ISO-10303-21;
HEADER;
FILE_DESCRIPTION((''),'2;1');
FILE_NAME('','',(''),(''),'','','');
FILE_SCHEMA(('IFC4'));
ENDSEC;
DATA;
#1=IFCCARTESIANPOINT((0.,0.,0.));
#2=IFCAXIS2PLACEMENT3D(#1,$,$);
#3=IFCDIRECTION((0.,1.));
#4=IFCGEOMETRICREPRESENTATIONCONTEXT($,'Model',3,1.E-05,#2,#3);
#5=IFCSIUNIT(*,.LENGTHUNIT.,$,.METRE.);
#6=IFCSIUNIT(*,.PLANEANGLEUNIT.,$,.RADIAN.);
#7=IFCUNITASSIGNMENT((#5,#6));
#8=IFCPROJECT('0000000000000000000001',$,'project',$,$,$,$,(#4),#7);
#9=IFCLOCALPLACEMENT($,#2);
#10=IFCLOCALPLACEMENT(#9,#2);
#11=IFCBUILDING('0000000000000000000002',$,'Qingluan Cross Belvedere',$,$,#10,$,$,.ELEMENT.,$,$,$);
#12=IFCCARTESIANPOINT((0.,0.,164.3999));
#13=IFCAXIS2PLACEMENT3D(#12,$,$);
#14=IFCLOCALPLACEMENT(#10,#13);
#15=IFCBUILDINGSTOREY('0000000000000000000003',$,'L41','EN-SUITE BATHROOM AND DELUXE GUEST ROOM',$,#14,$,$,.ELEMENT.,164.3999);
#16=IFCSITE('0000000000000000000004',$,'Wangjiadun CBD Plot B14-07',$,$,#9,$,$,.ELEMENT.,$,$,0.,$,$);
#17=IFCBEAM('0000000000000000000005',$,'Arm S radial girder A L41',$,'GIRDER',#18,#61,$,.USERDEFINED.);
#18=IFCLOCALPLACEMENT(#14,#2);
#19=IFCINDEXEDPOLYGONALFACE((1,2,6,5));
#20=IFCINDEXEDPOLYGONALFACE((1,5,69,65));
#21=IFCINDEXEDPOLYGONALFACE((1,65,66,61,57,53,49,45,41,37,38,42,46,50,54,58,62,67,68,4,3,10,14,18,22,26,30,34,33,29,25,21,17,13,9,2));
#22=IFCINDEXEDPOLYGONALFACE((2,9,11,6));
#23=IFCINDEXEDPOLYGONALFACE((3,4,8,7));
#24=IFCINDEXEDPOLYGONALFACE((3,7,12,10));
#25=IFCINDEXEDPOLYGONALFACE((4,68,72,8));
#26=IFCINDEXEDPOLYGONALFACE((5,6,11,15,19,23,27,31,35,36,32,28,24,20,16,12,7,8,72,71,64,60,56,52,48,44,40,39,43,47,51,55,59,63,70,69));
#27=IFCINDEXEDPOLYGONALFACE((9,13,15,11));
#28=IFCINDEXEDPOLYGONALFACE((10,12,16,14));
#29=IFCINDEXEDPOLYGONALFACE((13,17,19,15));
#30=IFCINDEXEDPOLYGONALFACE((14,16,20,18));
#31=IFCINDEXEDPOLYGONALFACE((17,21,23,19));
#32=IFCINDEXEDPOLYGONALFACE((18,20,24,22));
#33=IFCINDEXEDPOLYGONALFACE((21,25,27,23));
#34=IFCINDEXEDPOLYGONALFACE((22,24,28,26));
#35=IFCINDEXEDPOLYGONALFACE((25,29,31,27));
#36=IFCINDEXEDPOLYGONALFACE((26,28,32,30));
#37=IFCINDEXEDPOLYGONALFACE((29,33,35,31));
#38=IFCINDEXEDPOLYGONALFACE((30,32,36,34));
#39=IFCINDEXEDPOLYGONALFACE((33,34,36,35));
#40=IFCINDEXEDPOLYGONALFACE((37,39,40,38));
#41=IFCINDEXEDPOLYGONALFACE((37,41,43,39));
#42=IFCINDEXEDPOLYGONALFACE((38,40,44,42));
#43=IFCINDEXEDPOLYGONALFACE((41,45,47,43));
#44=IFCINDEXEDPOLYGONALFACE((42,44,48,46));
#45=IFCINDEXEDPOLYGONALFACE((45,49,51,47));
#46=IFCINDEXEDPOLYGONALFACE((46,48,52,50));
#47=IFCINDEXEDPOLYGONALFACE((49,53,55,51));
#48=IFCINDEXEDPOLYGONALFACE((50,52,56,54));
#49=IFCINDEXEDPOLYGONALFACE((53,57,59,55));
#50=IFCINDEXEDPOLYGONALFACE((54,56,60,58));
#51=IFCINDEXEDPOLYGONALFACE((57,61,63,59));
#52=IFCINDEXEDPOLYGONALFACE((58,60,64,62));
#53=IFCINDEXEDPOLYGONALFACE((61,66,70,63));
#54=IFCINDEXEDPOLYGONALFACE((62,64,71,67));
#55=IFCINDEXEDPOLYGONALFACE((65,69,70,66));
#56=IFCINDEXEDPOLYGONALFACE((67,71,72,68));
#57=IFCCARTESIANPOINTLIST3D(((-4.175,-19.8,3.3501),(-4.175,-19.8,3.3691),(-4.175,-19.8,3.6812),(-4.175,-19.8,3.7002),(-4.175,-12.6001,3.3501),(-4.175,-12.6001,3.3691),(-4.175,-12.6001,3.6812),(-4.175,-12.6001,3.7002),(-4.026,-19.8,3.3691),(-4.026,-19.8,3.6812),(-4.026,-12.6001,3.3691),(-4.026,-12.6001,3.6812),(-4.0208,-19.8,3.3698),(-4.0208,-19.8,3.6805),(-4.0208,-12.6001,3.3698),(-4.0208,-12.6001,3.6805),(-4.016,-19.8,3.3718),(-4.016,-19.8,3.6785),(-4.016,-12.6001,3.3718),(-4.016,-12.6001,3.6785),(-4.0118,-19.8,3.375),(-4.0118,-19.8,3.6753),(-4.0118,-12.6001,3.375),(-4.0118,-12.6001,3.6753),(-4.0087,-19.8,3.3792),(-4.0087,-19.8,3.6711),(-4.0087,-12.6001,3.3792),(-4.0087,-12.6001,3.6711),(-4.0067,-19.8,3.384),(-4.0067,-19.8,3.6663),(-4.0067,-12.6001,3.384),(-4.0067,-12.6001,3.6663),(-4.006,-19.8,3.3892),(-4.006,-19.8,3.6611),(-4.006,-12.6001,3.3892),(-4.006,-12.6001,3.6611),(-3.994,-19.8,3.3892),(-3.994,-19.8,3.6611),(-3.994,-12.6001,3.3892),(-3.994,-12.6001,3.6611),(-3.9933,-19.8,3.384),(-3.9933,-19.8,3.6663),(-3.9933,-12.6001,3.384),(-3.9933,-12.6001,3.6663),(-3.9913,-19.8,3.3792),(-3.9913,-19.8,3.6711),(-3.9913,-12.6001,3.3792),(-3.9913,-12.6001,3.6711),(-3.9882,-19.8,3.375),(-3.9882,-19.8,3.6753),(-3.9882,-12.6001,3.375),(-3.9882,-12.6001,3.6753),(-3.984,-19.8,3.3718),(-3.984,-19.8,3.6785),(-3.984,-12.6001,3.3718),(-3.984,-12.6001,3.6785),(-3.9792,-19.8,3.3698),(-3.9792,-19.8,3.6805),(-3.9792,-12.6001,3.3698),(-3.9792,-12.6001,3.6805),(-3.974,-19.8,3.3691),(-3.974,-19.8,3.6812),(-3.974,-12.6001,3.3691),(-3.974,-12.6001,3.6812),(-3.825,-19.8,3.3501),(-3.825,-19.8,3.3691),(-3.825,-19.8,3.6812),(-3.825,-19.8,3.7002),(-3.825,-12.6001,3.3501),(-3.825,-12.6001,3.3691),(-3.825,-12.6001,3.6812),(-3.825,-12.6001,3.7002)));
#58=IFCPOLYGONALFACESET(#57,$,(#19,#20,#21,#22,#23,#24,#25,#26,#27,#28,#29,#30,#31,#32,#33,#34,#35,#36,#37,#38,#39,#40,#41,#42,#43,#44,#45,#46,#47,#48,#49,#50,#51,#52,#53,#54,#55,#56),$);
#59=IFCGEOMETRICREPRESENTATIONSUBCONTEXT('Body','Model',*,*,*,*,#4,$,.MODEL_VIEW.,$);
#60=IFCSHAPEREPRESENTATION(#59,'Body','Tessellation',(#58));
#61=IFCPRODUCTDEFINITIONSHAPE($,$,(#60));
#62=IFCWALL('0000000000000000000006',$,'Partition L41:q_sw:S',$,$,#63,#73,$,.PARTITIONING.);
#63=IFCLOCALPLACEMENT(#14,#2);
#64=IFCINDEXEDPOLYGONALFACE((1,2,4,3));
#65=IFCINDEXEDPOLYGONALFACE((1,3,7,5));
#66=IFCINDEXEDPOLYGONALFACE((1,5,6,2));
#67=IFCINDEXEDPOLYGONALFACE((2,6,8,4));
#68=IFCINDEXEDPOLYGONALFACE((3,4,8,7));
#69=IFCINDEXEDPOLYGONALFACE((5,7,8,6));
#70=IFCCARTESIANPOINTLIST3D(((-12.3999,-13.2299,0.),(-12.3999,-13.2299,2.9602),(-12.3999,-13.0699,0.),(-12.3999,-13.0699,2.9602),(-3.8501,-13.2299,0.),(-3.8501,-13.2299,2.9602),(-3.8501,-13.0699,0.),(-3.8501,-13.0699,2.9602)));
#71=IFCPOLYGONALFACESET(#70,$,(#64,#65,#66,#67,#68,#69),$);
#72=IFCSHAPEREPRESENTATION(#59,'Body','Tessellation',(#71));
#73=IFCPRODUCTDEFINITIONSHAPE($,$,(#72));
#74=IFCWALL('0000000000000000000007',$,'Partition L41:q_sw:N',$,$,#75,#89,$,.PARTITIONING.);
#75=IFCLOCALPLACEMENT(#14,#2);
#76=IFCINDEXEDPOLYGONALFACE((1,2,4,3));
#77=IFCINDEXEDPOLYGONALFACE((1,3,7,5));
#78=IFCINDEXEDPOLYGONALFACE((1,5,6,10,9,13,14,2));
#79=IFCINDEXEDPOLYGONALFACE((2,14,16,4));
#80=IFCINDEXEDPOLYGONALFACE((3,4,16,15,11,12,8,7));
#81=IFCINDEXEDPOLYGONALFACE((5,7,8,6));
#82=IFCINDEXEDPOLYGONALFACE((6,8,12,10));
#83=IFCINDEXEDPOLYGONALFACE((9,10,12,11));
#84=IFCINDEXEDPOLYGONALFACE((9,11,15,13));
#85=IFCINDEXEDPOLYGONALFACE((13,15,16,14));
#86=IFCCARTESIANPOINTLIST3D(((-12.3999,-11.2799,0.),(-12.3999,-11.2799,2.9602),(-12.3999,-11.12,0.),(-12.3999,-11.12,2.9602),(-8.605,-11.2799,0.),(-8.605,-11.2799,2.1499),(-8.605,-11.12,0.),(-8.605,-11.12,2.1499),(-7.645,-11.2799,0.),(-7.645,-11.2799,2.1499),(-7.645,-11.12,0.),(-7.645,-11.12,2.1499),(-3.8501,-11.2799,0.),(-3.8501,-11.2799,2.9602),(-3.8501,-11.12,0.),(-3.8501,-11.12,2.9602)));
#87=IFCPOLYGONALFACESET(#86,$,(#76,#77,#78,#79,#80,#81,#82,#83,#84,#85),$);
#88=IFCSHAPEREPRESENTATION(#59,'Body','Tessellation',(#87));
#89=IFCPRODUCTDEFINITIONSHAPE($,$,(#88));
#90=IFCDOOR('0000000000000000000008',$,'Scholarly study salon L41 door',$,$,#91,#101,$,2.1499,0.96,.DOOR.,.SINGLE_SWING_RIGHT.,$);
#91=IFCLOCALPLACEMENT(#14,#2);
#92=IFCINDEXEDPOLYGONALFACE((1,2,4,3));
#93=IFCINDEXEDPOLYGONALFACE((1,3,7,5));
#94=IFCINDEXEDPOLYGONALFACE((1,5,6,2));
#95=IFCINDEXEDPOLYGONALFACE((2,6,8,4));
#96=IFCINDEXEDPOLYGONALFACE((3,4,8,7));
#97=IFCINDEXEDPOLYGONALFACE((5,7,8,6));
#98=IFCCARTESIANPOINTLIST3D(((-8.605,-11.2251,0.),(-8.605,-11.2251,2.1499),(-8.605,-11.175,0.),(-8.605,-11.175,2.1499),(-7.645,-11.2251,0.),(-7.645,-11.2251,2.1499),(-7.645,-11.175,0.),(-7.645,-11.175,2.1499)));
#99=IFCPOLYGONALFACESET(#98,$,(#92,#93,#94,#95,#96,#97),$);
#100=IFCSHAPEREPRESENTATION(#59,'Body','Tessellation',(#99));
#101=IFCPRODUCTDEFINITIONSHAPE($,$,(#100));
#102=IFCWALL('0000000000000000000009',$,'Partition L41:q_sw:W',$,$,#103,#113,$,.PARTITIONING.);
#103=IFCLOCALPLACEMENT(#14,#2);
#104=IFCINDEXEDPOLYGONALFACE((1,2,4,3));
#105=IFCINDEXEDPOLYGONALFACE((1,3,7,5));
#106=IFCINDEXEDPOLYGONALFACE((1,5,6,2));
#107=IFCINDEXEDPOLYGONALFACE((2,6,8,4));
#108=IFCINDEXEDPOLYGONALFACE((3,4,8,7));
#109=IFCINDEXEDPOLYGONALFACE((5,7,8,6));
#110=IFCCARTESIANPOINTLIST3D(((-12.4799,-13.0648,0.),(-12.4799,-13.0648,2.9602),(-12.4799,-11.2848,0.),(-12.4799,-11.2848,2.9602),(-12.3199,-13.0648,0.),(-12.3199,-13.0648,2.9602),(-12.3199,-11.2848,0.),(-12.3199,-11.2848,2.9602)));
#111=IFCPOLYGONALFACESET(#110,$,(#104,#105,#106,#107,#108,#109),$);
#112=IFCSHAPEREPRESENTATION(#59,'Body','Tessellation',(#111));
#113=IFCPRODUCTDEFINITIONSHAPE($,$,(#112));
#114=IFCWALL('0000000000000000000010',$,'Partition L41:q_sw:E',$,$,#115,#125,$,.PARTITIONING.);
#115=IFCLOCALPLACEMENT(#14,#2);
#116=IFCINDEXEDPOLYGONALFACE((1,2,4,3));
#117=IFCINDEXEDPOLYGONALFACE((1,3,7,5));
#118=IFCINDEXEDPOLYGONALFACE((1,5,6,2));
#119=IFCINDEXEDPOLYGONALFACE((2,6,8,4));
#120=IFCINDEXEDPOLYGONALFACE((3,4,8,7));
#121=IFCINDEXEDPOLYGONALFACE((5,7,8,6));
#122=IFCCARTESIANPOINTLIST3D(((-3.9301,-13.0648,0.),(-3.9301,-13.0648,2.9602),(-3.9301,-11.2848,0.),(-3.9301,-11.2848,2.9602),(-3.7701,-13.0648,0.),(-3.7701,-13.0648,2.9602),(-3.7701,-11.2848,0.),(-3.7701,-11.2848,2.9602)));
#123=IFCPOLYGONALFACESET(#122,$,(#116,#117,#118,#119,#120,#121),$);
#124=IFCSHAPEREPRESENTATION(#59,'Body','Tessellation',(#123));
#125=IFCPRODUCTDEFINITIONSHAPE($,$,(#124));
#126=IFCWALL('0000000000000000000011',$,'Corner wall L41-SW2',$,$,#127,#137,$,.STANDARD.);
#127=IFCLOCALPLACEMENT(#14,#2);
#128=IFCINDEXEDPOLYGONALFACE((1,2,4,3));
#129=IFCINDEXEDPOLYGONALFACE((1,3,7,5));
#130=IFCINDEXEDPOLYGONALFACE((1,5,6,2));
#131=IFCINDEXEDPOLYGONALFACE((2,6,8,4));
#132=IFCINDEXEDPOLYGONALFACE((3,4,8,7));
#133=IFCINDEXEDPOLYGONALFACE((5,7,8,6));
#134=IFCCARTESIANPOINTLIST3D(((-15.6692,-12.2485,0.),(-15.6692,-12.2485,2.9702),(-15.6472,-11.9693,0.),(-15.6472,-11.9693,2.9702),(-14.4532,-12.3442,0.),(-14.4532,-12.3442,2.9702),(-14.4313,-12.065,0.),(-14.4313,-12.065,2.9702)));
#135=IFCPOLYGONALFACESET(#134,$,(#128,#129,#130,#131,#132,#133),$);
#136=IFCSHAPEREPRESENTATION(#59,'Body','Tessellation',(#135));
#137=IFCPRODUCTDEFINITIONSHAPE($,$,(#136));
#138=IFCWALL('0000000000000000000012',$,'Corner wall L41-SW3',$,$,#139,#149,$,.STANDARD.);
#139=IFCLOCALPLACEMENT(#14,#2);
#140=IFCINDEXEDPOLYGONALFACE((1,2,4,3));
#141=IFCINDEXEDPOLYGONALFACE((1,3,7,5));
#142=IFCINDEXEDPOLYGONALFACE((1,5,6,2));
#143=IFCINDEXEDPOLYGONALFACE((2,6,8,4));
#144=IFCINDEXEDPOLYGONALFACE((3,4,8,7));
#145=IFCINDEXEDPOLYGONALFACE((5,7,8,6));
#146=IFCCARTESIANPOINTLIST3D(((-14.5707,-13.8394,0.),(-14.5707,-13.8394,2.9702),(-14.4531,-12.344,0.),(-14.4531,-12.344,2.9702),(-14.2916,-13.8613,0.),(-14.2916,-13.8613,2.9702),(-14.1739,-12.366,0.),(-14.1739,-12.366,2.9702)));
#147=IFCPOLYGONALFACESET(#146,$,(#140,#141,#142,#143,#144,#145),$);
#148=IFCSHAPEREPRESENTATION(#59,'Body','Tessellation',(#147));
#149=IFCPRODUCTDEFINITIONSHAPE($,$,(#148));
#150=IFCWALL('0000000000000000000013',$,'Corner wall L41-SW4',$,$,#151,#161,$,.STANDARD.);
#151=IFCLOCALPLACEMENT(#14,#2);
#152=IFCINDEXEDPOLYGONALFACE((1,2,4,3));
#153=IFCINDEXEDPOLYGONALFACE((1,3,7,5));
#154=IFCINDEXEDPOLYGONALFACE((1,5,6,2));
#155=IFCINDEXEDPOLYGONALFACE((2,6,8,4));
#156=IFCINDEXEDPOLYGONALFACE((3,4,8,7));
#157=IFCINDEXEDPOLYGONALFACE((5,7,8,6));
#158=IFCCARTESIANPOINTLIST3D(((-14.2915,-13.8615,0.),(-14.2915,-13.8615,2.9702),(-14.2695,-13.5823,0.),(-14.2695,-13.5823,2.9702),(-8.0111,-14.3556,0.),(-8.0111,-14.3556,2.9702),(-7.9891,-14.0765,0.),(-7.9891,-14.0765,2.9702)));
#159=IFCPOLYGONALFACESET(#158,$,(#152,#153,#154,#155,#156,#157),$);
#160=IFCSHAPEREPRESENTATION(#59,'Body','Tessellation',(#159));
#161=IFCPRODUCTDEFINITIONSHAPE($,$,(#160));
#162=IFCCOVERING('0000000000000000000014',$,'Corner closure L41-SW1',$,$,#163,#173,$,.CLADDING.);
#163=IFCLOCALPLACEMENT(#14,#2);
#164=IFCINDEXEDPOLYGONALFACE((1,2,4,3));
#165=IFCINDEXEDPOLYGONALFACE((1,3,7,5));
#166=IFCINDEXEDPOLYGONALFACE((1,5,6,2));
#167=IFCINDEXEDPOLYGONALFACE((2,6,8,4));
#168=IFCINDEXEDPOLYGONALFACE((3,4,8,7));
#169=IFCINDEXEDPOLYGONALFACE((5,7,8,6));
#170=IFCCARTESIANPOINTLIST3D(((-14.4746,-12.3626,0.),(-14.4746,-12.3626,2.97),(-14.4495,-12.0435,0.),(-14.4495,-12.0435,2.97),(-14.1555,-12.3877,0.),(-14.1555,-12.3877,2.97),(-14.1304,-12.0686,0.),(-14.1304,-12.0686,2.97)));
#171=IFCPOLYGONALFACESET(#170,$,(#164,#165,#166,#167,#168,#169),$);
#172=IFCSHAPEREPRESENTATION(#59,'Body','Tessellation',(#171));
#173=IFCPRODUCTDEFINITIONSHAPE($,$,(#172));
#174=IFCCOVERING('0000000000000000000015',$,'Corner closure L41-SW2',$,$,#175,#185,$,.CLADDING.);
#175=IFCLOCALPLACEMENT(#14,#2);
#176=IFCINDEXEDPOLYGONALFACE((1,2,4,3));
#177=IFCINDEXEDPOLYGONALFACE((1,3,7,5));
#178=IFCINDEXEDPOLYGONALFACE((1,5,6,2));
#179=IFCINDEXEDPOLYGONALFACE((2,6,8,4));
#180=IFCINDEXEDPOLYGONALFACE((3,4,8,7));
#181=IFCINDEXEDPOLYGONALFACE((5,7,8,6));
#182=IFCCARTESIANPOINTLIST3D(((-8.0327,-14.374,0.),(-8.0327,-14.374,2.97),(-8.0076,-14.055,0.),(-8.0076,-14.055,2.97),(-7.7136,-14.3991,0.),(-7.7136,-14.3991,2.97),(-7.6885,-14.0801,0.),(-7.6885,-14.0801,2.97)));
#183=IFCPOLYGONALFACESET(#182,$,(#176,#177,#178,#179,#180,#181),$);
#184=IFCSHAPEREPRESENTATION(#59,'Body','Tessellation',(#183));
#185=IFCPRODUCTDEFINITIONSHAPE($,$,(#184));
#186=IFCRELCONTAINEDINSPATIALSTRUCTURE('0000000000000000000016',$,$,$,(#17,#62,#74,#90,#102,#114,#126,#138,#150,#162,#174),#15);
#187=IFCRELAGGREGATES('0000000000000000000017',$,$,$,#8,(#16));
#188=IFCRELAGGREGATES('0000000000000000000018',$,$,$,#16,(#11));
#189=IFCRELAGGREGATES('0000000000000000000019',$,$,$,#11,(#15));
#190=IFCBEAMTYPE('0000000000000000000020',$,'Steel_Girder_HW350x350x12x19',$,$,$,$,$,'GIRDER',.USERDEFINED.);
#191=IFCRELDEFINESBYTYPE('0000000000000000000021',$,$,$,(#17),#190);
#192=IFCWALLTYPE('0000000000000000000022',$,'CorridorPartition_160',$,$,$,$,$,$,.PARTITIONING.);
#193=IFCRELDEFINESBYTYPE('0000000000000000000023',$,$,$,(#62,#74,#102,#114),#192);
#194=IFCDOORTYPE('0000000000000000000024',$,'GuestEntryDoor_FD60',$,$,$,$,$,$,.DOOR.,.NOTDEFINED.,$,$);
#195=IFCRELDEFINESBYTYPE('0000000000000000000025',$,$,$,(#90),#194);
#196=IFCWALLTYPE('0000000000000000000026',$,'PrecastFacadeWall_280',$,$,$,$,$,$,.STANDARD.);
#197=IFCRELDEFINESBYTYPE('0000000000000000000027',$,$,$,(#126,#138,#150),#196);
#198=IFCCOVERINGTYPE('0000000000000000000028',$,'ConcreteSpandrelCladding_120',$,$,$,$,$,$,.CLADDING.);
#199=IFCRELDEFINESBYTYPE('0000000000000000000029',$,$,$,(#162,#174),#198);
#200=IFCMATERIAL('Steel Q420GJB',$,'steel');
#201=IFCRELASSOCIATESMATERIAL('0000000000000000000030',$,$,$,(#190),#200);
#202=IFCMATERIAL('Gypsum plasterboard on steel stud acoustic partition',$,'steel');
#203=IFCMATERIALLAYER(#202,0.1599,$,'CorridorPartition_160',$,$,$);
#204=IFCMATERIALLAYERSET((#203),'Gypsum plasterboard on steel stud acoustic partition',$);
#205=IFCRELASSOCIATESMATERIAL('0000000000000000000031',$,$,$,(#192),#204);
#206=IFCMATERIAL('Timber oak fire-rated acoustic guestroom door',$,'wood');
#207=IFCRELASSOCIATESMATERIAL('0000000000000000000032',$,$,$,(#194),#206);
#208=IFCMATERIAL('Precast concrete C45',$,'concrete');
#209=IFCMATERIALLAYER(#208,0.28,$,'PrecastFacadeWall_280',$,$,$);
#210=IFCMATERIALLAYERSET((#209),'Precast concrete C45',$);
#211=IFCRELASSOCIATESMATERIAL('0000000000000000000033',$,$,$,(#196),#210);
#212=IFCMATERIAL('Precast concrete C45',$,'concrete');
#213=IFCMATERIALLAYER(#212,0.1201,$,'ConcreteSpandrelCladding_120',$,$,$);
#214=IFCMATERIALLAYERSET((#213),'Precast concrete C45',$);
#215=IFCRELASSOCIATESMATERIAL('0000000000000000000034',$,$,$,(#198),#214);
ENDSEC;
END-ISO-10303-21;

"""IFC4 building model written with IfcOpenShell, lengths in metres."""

from ifc_helpers import new_model, si_unit, direction, frame, frame_2d, origin, origin_2d, place, context, subcontext, project, spatial, rectangle, i_section, extrude, material, layer, layer_set, material_profile, profile_set, type_object, element, fill, save


model = new_model("IFC4")

# Units and contexts
model_context = context("Model", 3, precision=1e-05, world=origin(), true_north=direction((0.0, 1.0)))
body_context = subcontext(model_context, "Body", "Model", "MODEL_VIEW")
ifc_project = project(units=[si_unit("LENGTHUNIT", "METRE"), si_unit("PLANEANGLEUNIT", "RADIAN")], contexts=[model_context])

# Site, building, storey
site_placement = place(None, origin())
site = spatial("IfcSite", under=ifc_project, at=site_placement, Name="Wangjiadun CBD Plot B14-07", CompositionType="ELEMENT", RefElevation=0.0)
building_placement = place(site_placement, origin())
building = spatial("IfcBuilding", under=site, at=building_placement, Name="Qingluan Cross Belvedere", CompositionType="ELEMENT")
storey_placement = place(building_placement, frame((0.0, 0.0, 164.3999)))
storey = spatial("IfcBuildingStorey", under=building, at=storey_placement, Name="L41", Description="EN-SUITE BATHROOM AND DELUXE GUEST ROOM", CompositionType="ELEMENT", Elevation=164.3999)

# Beam
ifc_material_1 = material(Name="Steel Q420GJB", Category="steel")
ifc_material_profile_1 = material_profile(ifc_material_1, i_section(OverallWidth=0.3501, OverallDepth=0.3501, WebThickness=0.012, FlangeThickness=0.019, FilletRadius=0.02, at=origin_2d()), Name="HW350x350x12x19")
ifc_profile_set_1 = profile_set([ifc_material_profile_1], Name="Steel Q420GJB")
beam_type_1 = type_object("IfcBeamType", Name="Steel_Girder_HW350x350x12x19", ElementType="GIRDER", PredefinedType="USERDEFINED", material=ifc_profile_set_1)
beam_1_placement = place(storey_placement, frame((-4.0, -12.6001, 3.5251), z_axis=(0.0, -1.0, 0.0), x_axis=(1.0, 0.0, 0.0)))
element("IfcBeam", 1, at=beam_1_placement, inside=storey, type_object=beam_type_1, Name="Arm S radial girder A L41", ObjectType="GIRDER", PredefinedType="USERDEFINED", context=body_context, shape_type="SweptSolid", body=[
    extrude(i_section(OverallWidth=0.3501, OverallDepth=0.3501, WebThickness=0.012, FlangeThickness=0.019, FilletRadius=0.02, at=origin_2d()), origin(), (0.0, 0.0, 1.0), 7.2),
])

# Wall
ifc_material_2 = material(Name="Gypsum plasterboard on steel stud acoustic partition", Category="steel")
ifc_layer_1 = layer(ifc_material_2, 0.1599, Name="CorridorPartition_160")
ifc_layer_set_1 = layer_set([ifc_layer_1], Name="Gypsum plasterboard on steel stud acoustic partition")
wall_type_1 = type_object("IfcWallType", Name="CorridorPartition_160", PredefinedType="PARTITIONING", material=ifc_layer_set_1)
wall_1_placement = place(storey_placement, frame((-12.3999, -13.1499, 0.0), z_axis=(0.0, 0.0, 1.0), x_axis=(1.0, 0.0, 0.0)))
element("IfcWall", 2, at=wall_1_placement, inside=storey, type_object=wall_type_1, Name="Partition L41:q_sw:S", PredefinedType="PARTITIONING", context=body_context, shape_type="SweptSolid", body=[
    extrude(rectangle(XDim=8.5498, YDim=0.1599, at=frame_2d((4.2749, 0.0))), origin(), (0.0, 0.0, 1.0), 2.9602),
])

# Wall, opening, door
wall_2_placement = place(storey_placement, frame((-12.3999, -11.2, 0.0), z_axis=(0.0, 0.0, 1.0), x_axis=(1.0, 0.0, 0.0)))
wall_2 = element("IfcWall", 3, at=wall_2_placement, inside=storey, type_object=wall_type_1, Name="Partition L41:q_sw:N", PredefinedType="PARTITIONING", context=body_context, shape_type="SweptSolid", body=[
    extrude(rectangle(XDim=8.5498, YDim=0.1599, at=frame_2d((4.2749, 0.0))), origin(), (0.0, 0.0, 1.0), 2.9602),
])
opening_placement = place(wall_2_placement, frame((3.7949, 0.0, 0.0)))
opening = element("IfcOpeningElement", 4, at=opening_placement, cuts=wall_2, PredefinedType="OPENING", context=body_context, shape_type="SweptSolid", body=[
    extrude(rectangle(XDim=0.96, YDim=2.1499, at=frame_2d((0.48, 1.075))), frame((0.0, 0.0898, 0.0), z_axis=(0.0, -1.0, 0.0), x_axis=(1.0, 0.0, 0.0)), (0.0, 0.0, 1.0), 0.1799),
])
ifc_material_3 = material(Name="Timber oak fire-rated acoustic guestroom door", Category="wood")
door_type = type_object("IfcDoorType", Name="GuestEntryDoor_FD60", OperationType="NOTDEFINED", PredefinedType="DOOR", material=ifc_material_3)
door_placement = place(opening_placement, origin())
door = element("IfcDoor", 5, at=door_placement, inside=storey, type_object=door_type, Name="Scholarly study salon L41 door", OperationType="SINGLE_SWING_RIGHT", OverallHeight=2.1499, OverallWidth=0.96, PredefinedType="DOOR", context=body_context, shape_type="SweptSolid", body=[
    extrude(rectangle(XDim=0.96, YDim=2.1499, at=frame_2d((0.48, 1.075))), frame((0.0, 0.0249, 0.0), z_axis=(0.0, -1.0, 0.0), x_axis=(1.0, 0.0, 0.0)), (0.0, 0.0, 1.0), 0.05),
])
fill(opening, door)

# Walls
for number, where, z_axis, x_axis, name in (
    (6, (-12.3999, -13.0649, 0.0), (0.0, 0.0, 1.0), (0.0, 1.0, 0.0), "Partition L41:q_sw:W"),
    (7, (-3.8501, -13.0649, 0.0), (0.0, 0.0, 1.0), (0.0, 1.0, 0.0), "Partition L41:q_sw:E"),
):
    element("IfcWall", number, at=place(storey_placement, frame(where, z_axis=z_axis, x_axis=x_axis)), inside=storey, type_object=wall_type_1, Name=name, PredefinedType="PARTITIONING", context=body_context, shape_type="SweptSolid", body=[
        extrude(rectangle(XDim=1.78, YDim=0.1599, at=frame_2d((0.8901, 0.0))), origin(), (0.0, 0.0, 1.0), 2.9602),
    ])
ifc_material_4 = material(Name="Precast concrete C45", Category="concrete")
ifc_layer_2 = layer(ifc_material_4, 0.28, Name="PrecastFacadeWall_280")
ifc_layer_set_2 = layer_set([ifc_layer_2], Name="Precast concrete C45")
wall_type_2 = type_object("IfcWallType", Name="PrecastFacadeWall_280", PredefinedType="STANDARD", material=ifc_layer_set_2)
wall_3_placement = place(storey_placement, frame((-15.6582, -12.1089, 0.0), z_axis=(0.0, 0.0, 1.0), x_axis=(0.996918, -0.078456, 0.0)))
element("IfcWall", 8, at=wall_3_placement, inside=storey, type_object=wall_type_2, Name="Corner wall L41-SW2", PredefinedType="STANDARD", context=body_context, shape_type="SweptSolid", body=[
    extrude(rectangle(XDim=1.2197, YDim=0.28, at=frame_2d((0.6099, 0.0))), origin(), (0.0, 0.0, 1.0), 2.9702),
])
wall_4_placement = place(storey_placement, frame((-14.3135, -12.355, 0.0), z_axis=(0.0, 0.0, 1.0), x_axis=(-0.078451, -0.996918, 0.0)))
element("IfcWall", 9, at=wall_4_placement, inside=storey, type_object=wall_type_2, Name="Corner wall L41-SW3", PredefinedType="STANDARD", context=body_context, shape_type="SweptSolid", body=[
    extrude(rectangle(XDim=1.5, YDim=0.28, at=frame_2d((0.75, 0.0))), origin(), (0.0, 0.0, 1.0), 2.9702),
])
wall_5_placement = place(storey_placement, frame((-14.2805, -13.7219, 0.0), z_axis=(0.0, 0.0, 1.0), x_axis=(0.996919, -0.078436, 0.0)))
element("IfcWall", 10, at=wall_5_placement, inside=storey, type_object=wall_type_2, Name="Corner wall L41-SW4", PredefinedType="STANDARD", context=body_context, shape_type="SweptSolid", body=[
    extrude(rectangle(XDim=6.2998, YDim=0.28, at=frame_2d((3.1499, 0.0))), origin(), (0.0, 0.0, 1.0), 2.9702),
])

# Coverings
ifc_material_5 = material(Name="Precast concrete C45", Category="concrete")
ifc_layer_3 = layer(ifc_material_5, 0.1201, Name="ConcreteSpandrelCladding_120")
ifc_layer_set_3 = layer_set([ifc_layer_3], Name="Precast concrete C45")
covering_type_1 = type_object("IfcCoveringType", Name="ConcreteSpandrelCladding_120", PredefinedType="CLADDING", material=ifc_layer_set_3)
for number, where, z_axis, x_axis, name in (
    (11, (-14.3025, -12.2156, 0.0), (0.0, 0.0, 1.0), (0.996917, -0.078459, 0.0), "Corner closure L41-SW1"),
    (12, (-7.8606, -14.2271, 0.0), (0.0, 0.0, 1.0), (0.996917, -0.078459, 0.0), "Corner closure L41-SW2"),
):
    element("IfcCovering", number, at=place(storey_placement, frame(where, z_axis=z_axis, x_axis=x_axis)), inside=storey, type_object=covering_type_1, Name=name, PredefinedType="CLADDING", context=body_context, shape_type="SweptSolid", body=[
        extrude(rectangle(XDim=0.3201, YDim=0.3201, at=origin_2d()), origin(), (0.0, 0.0, 1.0), 2.97),
    ])

save(model, "model.ifc")
